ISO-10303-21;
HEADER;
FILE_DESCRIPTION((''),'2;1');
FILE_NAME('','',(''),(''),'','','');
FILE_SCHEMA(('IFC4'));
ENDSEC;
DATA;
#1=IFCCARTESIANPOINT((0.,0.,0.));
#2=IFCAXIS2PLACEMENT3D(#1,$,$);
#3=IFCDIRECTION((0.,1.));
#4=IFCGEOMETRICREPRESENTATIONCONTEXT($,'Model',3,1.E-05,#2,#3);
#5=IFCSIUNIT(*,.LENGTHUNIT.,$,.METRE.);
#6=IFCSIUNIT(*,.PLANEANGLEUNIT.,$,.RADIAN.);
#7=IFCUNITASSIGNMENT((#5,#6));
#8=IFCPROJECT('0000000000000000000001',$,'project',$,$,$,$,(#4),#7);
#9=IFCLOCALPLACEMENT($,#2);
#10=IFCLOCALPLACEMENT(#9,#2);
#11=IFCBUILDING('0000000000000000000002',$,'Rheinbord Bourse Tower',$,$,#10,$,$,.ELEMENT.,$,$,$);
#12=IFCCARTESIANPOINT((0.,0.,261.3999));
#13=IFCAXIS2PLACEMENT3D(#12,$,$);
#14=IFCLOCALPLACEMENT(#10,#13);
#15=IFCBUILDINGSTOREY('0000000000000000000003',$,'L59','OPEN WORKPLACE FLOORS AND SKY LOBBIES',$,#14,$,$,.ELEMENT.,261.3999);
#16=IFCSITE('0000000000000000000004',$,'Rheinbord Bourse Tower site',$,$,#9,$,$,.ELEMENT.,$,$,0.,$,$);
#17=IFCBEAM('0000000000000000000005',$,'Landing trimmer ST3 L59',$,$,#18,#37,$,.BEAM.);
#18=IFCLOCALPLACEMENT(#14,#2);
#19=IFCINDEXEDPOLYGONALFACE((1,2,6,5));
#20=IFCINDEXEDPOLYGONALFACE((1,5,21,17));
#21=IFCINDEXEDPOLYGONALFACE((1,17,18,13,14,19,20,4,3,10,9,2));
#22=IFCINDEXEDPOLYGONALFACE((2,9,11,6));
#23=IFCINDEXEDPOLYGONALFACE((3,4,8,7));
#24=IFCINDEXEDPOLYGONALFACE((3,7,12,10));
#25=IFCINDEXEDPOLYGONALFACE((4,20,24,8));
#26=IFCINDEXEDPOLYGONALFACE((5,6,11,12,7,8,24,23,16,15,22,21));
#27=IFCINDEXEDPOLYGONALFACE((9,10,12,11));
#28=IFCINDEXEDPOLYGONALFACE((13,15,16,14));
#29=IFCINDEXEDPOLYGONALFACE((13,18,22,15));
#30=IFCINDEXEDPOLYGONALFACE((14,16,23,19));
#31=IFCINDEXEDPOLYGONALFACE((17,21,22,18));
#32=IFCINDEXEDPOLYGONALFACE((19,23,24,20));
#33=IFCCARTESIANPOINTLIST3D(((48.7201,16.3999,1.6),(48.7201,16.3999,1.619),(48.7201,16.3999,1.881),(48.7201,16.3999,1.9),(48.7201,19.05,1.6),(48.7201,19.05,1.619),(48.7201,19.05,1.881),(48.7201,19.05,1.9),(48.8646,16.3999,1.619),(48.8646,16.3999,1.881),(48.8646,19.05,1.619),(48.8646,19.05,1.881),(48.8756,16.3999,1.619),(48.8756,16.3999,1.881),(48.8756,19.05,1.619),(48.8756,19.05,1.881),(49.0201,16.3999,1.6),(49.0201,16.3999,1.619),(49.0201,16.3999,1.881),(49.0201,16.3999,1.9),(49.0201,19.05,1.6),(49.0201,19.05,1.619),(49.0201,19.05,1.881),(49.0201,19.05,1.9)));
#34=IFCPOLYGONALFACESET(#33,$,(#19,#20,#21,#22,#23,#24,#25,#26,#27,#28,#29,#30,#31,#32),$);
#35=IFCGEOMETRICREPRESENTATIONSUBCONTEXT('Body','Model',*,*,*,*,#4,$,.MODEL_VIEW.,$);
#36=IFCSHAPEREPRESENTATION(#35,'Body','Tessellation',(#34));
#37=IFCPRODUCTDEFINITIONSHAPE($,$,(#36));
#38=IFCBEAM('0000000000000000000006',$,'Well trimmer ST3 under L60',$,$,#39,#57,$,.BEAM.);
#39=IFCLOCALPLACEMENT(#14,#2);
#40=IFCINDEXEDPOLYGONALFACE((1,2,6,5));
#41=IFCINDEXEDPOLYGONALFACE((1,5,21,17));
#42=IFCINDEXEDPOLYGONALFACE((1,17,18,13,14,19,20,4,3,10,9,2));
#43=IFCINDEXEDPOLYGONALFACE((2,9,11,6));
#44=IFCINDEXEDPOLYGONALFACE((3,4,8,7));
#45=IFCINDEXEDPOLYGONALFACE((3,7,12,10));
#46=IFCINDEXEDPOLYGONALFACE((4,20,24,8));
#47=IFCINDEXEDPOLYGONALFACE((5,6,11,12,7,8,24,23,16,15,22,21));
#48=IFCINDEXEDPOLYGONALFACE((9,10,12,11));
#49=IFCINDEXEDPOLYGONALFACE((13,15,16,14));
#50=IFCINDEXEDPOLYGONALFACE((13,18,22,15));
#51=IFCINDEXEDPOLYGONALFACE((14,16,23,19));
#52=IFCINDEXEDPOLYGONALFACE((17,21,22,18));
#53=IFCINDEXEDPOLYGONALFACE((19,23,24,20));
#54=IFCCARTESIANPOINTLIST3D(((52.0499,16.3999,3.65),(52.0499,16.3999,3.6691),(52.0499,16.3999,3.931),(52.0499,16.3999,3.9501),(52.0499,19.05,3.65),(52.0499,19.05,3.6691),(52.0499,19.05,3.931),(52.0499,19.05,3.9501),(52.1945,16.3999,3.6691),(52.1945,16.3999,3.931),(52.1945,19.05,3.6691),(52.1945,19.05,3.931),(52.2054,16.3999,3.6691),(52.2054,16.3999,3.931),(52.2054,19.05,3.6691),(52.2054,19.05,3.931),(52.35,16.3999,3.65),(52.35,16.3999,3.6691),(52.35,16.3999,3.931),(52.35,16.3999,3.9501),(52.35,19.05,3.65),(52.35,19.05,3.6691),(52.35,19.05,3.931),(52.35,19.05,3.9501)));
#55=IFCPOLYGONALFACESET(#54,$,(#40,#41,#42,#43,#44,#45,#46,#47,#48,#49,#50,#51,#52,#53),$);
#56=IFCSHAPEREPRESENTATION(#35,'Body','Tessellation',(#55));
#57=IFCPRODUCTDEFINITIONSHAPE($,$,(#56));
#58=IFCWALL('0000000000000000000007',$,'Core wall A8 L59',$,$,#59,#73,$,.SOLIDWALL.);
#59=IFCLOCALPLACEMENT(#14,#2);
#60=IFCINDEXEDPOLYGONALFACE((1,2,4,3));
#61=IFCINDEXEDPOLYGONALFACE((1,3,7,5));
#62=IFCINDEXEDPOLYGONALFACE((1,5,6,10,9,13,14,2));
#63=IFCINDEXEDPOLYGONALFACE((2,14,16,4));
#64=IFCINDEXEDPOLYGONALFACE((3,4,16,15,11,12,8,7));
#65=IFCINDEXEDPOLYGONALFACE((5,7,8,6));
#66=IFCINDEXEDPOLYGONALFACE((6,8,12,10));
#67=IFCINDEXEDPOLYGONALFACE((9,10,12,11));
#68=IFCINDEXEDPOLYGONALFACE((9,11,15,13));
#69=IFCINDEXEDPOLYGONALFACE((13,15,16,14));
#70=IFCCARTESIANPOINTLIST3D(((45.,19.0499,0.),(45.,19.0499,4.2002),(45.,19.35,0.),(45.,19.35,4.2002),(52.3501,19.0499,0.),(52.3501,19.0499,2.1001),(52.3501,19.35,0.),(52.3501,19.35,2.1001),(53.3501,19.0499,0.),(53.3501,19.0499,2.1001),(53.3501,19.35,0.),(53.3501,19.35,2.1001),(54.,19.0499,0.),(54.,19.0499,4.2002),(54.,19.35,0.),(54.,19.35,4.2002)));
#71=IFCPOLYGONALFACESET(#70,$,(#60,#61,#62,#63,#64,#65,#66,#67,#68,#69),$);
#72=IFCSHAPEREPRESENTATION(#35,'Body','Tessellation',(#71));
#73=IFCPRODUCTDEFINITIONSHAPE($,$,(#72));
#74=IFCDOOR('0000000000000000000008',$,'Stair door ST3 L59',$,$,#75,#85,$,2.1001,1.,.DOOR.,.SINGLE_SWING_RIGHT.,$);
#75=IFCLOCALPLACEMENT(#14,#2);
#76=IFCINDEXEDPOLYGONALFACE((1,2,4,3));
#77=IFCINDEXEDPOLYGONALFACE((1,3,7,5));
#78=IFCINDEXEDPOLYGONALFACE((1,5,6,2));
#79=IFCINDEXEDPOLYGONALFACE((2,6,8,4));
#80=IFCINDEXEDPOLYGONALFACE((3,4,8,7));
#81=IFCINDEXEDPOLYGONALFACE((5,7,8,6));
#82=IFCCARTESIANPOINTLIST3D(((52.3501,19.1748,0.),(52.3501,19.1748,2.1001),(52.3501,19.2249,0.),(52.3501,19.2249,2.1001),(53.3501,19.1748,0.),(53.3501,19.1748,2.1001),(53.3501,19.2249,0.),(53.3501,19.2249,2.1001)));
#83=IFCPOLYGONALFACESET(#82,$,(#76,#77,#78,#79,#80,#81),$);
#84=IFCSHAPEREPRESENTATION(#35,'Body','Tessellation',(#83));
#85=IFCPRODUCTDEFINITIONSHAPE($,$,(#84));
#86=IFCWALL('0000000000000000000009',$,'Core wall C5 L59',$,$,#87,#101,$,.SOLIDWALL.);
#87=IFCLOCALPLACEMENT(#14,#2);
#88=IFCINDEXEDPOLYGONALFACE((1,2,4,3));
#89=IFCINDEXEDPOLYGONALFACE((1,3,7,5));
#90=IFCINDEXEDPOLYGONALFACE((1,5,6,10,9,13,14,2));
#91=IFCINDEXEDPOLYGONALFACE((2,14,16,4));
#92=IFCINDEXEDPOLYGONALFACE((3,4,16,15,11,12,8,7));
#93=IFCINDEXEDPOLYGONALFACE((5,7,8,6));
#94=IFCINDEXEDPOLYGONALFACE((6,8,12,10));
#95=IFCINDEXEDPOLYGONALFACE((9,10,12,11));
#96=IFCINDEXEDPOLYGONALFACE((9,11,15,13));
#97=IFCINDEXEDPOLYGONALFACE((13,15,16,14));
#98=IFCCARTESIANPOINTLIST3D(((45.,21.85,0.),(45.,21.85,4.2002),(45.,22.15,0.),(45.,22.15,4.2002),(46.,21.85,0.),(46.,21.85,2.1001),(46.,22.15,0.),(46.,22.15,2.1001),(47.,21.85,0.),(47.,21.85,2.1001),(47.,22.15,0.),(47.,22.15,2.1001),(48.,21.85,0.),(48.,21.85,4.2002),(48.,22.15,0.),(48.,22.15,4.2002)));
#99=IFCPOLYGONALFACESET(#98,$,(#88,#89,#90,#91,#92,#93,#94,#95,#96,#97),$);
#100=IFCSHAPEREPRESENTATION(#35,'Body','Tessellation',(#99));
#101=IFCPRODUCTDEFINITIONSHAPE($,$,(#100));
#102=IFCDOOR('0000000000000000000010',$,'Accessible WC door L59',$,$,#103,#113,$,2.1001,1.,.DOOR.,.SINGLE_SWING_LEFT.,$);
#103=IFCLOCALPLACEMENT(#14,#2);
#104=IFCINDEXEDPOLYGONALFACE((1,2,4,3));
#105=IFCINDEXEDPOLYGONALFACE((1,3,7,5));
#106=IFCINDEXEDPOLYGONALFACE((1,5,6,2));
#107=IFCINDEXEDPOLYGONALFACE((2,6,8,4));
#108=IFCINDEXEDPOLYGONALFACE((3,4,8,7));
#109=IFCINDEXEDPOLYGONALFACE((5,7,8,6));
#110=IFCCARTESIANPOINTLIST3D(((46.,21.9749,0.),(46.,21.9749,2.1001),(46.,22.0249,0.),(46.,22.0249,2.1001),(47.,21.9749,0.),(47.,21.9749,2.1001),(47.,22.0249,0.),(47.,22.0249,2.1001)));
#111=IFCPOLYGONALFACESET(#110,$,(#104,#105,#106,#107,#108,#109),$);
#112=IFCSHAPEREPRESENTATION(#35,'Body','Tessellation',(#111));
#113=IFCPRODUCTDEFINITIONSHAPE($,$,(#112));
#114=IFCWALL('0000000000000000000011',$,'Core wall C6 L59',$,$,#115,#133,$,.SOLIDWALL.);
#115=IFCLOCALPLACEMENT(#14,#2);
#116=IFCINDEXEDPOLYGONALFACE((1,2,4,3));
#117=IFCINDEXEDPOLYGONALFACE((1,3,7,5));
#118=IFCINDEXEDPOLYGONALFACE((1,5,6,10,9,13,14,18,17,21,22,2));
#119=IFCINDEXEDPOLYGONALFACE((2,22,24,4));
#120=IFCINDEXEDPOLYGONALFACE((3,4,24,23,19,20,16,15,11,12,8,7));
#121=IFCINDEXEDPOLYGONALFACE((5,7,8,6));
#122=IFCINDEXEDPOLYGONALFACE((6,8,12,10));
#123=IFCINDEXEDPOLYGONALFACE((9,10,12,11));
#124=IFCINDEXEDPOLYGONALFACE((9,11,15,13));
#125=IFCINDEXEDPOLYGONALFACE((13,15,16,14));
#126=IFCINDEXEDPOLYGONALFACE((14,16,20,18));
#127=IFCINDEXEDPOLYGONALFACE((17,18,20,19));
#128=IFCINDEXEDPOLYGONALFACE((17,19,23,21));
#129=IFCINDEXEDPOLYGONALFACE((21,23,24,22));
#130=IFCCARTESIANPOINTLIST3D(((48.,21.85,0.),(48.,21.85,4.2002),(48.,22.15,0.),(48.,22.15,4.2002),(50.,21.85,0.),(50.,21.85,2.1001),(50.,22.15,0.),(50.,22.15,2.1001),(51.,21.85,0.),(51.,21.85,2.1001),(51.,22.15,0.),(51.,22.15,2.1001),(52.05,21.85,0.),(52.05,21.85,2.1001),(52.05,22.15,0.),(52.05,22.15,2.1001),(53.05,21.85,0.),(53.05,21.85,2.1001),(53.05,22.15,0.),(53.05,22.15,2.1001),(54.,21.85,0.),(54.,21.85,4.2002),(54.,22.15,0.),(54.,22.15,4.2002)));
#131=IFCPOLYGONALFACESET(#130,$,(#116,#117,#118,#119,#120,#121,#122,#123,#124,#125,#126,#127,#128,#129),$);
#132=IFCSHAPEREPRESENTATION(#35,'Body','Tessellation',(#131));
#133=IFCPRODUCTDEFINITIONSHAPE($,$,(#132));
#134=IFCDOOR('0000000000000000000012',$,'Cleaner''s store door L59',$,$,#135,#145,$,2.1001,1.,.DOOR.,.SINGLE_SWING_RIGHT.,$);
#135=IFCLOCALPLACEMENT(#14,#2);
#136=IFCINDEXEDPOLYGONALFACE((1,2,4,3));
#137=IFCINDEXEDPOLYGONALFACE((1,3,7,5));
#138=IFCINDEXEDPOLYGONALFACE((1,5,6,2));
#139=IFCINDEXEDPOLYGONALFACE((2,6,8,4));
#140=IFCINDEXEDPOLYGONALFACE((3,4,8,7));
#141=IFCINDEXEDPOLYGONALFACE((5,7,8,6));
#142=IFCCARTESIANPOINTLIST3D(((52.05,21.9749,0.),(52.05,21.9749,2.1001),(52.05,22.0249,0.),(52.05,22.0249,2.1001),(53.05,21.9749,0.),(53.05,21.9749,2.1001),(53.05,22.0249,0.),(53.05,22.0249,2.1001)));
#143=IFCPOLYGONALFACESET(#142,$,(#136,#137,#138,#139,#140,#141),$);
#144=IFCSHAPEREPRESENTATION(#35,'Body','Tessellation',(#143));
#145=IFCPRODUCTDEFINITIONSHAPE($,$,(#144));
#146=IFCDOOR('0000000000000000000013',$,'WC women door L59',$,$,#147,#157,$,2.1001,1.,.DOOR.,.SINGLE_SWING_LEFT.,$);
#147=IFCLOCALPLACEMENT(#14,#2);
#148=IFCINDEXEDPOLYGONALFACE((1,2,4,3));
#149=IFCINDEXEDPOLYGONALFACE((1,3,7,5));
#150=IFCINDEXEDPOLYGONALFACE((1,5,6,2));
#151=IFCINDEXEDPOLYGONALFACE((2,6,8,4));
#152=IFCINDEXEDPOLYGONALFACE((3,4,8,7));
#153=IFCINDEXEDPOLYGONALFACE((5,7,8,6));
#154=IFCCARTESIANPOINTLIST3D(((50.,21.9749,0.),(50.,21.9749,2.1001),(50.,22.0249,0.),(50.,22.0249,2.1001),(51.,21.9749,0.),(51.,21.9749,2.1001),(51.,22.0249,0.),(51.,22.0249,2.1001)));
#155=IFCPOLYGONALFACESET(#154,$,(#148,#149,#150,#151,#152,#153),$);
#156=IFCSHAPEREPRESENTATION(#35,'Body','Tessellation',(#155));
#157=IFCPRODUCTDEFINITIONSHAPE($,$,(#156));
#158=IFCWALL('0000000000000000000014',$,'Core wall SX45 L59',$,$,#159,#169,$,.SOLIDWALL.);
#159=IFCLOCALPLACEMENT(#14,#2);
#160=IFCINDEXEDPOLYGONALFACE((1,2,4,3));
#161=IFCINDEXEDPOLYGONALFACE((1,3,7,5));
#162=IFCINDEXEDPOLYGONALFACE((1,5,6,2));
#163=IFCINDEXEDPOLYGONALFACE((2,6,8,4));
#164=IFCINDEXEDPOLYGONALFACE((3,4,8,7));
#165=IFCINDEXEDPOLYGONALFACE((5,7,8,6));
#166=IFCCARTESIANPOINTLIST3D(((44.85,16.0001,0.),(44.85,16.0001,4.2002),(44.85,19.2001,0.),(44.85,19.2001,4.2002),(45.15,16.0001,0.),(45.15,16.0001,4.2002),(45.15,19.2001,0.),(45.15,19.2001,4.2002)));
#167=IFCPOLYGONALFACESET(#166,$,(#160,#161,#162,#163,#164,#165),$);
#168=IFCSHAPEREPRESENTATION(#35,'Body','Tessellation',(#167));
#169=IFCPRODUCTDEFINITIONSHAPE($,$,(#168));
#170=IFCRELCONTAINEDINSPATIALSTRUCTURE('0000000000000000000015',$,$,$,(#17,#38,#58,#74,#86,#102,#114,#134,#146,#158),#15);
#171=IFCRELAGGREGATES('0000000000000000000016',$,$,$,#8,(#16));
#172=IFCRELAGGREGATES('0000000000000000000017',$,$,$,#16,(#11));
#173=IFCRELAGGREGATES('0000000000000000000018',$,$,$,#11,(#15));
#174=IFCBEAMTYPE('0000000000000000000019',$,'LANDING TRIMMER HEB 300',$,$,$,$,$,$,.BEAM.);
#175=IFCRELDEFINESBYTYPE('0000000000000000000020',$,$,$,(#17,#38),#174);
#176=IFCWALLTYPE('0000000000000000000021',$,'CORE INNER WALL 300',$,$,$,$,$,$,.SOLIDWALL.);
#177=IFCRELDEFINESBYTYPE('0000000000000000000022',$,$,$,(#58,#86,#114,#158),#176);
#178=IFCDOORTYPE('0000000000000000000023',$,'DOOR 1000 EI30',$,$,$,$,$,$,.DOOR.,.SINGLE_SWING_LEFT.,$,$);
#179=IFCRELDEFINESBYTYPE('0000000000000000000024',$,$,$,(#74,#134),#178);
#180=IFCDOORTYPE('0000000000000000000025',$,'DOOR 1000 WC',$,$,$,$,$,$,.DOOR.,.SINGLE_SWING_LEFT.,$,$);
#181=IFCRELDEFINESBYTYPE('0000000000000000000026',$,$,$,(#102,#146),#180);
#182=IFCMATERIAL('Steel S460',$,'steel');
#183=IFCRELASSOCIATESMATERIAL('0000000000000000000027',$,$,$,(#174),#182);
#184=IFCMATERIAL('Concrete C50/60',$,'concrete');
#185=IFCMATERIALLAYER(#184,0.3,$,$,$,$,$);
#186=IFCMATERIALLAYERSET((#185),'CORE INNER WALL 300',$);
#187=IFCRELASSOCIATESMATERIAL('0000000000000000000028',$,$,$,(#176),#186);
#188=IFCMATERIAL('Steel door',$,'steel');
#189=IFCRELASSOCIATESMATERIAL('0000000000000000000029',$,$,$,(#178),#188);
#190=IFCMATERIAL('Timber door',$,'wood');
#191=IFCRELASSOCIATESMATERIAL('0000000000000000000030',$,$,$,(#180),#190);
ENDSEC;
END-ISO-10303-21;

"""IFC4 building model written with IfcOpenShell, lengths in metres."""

from ifc_helpers import new_model, si_unit, direction, frame, frame_2d, origin, origin_2d, place, context, subcontext, project, spatial, rectangle, i_section, extrude, material, layer, layer_set, material_profile, profile_set, type_object, element, fill, save


model = new_model("IFC4")

# Units and contexts
model_context = context("Model", 3, precision=1e-05, world=origin(), true_north=direction((0.0, 1.0)))
body_context = subcontext(model_context, "Body", "Model", "MODEL_VIEW")
ifc_project = project(units=[si_unit("LENGTHUNIT", "METRE"), si_unit("PLANEANGLEUNIT", "RADIAN")], contexts=[model_context])

# Site, building, storey
site_placement = place(None, origin())
site = spatial("IfcSite", under=ifc_project, at=site_placement, Name="Rheinbord Bourse Tower site", CompositionType="ELEMENT", RefElevation=0.0)
building_placement = place(site_placement, origin())
building = spatial("IfcBuilding", under=site, at=building_placement, Name="Rheinbord Bourse Tower", CompositionType="ELEMENT")
storey_placement = place(building_placement, frame((0.0, 0.0, 261.3999)))
storey = spatial("IfcBuildingStorey", under=building, at=storey_placement, Name="L59", Description="OPEN WORKPLACE FLOORS AND SKY LOBBIES", CompositionType="ELEMENT", Elevation=261.3999)

# Beams
ifc_material_1 = material(Name="Steel S460", Category="steel")
ifc_material_profile = material_profile(ifc_material_1, i_section(OverallWidth=0.3, OverallDepth=0.3, WebThickness=0.011, FlangeThickness=0.019, at=origin_2d()), Name="HEB 300")
ifc_profile_set = profile_set([ifc_material_profile], Name="Steel S460")
beam_type = type_object("IfcBeamType", Name="LANDING TRIMMER HEB 300", PredefinedType="BEAM", material=ifc_profile_set)
for number, where, z_axis, x_axis, name in (
    (1, (48.8701, 16.3999, 1.75), (0.0, 1.0, 0.0), (-1.0, 0.0, 0.0), "Landing trimmer ST3 L59"),
    (2, (52.2, 16.3999, 3.8), (0.0, 1.0, 0.0), (-1.0, 0.0, 0.0), "Well trimmer ST3 under L60"),
):
    element("IfcBeam", number, at=place(storey_placement, frame(where, z_axis=z_axis, x_axis=x_axis)), inside=storey, type_object=beam_type, Name=name, PredefinedType="BEAM", context=body_context, shape_type="SweptSolid", body=[
        extrude(i_section(OverallWidth=0.3, OverallDepth=0.3, WebThickness=0.011, FlangeThickness=0.019, at=origin_2d()), origin(), (0.0, 0.0, 1.0), 2.6501),
    ])

# Walls, openings, doors
ifc_material_2 = material(Name="Concrete C50/60", Category="concrete")
ifc_layer_1 = layer(ifc_material_2, 0.3)
ifc_layer_set_1 = layer_set([ifc_layer_1], Name="CORE INNER WALL 300")
wall_type_1 = type_object("IfcWallType", Name="CORE INNER WALL 300", PredefinedType="SOLIDWALL", material=ifc_layer_set_1)
wall_1_placement = place(storey_placement, frame((45.0, 19.2, 0.0), z_axis=(0.0, 0.0, 1.0), x_axis=(1.0, 0.0, 0.0)))
wall_1 = element("IfcWall", 3, at=wall_1_placement, inside=storey, type_object=wall_type_1, Name="Core wall A8 L59", PredefinedType="SOLIDWALL", context=body_context, shape_type="SweptSolid", body=[
    extrude(rectangle(XDim=9.0, YDim=0.3, at=frame_2d((4.5, 0.0))), origin(), (0.0, 0.0, 1.0), 4.2002),
])
opening_1_placement = place(wall_1_placement, frame((7.3501, 0.0, 0.0)))
opening_1 = element("IfcOpeningElement", 4, at=opening_1_placement, cuts=wall_1, PredefinedType="OPENING", context=body_context, shape_type="SweptSolid", body=[
    extrude(rectangle(XDim=1.0, YDim=2.1001, at=frame_2d((0.5, 1.05))), frame((0.0, 0.1599, 0.0), z_axis=(0.0, -1.0, 0.0), x_axis=(1.0, 0.0, 0.0)), (0.0, 0.0, 1.0), 0.3201),
])
ifc_material_3 = material(Name="Steel door", Category="steel")
door_type_1 = type_object("IfcDoorType", Name="DOOR 1000 EI30", OperationType="SINGLE_SWING_LEFT", PredefinedType="DOOR", material=ifc_material_3)
door_1_placement = place(opening_1_placement, origin())
door_1 = element("IfcDoor", 5, at=door_1_placement, inside=storey, type_object=door_type_1, Name="Stair door ST3 L59", OperationType="SINGLE_SWING_RIGHT", OverallHeight=2.1001, OverallWidth=1.0, PredefinedType="DOOR", context=body_context, shape_type="SweptSolid", body=[
    extrude(rectangle(XDim=1.0, YDim=2.1001, at=frame_2d((0.5, 1.05))), frame((0.0, 0.0249, 0.0), z_axis=(0.0, -1.0, 0.0), x_axis=(1.0, 0.0, 0.0)), (0.0, 0.0, 1.0), 0.05),
])
fill(opening_1, door_1)
wall_2_placement = place(storey_placement, frame((45.0, 22.0, 0.0), z_axis=(0.0, 0.0, 1.0), x_axis=(1.0, 0.0, 0.0)))
wall_2 = element("IfcWall", 6, at=wall_2_placement, inside=storey, type_object=wall_type_1, Name="Core wall C5 L59", PredefinedType="SOLIDWALL", context=body_context, shape_type="SweptSolid", body=[
    extrude(rectangle(XDim=3.0, YDim=0.3, at=frame_2d((1.5, 0.0))), origin(), (0.0, 0.0, 1.0), 4.2002),
])
opening_2_placement = place(wall_2_placement, frame((1.0, 0.0, 0.0)))
opening_2 = element("IfcOpeningElement", 7, at=opening_2_placement, cuts=wall_2, PredefinedType="OPENING", context=body_context, shape_type="SweptSolid", body=[
    extrude(rectangle(XDim=1.0, YDim=2.1001, at=frame_2d((0.5, 1.05))), frame((0.0, 0.1599, 0.0), z_axis=(0.0, -1.0, 0.0), x_axis=(1.0, 0.0, 0.0)), (0.0, 0.0, 1.0), 0.3201),
])
ifc_material_4 = material(Name="Timber door", Category="wood")
door_type_2 = type_object("IfcDoorType", Name="DOOR 1000 WC", OperationType="SINGLE_SWING_LEFT", PredefinedType="DOOR", material=ifc_material_4)
door_2_placement = place(opening_2_placement, origin())
door_2 = element("IfcDoor", 8, at=door_2_placement, inside=storey, type_object=door_type_2, Name="Accessible WC door L59", OperationType="SINGLE_SWING_LEFT", OverallHeight=2.1001, OverallWidth=1.0, PredefinedType="DOOR", context=body_context, shape_type="SweptSolid", body=[
    extrude(rectangle(XDim=1.0, YDim=2.1001, at=frame_2d((0.5, 1.05))), frame((0.0, 0.0249, 0.0), z_axis=(0.0, -1.0, 0.0), x_axis=(1.0, 0.0, 0.0)), (0.0, 0.0, 1.0), 0.05),
])
fill(opening_2, door_2)

# Wall, openings, doors
wall_3_placement = place(storey_placement, frame((48.0, 22.0, 0.0), z_axis=(0.0, 0.0, 1.0), x_axis=(1.0, 0.0, 0.0)))
wall_3 = element("IfcWall", 9, at=wall_3_placement, inside=storey, type_object=wall_type_1, Name="Core wall C6 L59", PredefinedType="SOLIDWALL", context=body_context, shape_type="SweptSolid", body=[
    extrude(rectangle(XDim=6.0, YDim=0.3, at=frame_2d((3.0, 0.0))), origin(), (0.0, 0.0, 1.0), 4.2002),
])
opening_3_placement = place(wall_3_placement, frame((2.0, 0.0, 0.0)))
opening_3 = element("IfcOpeningElement", 10, at=opening_3_placement, cuts=wall_3, PredefinedType="OPENING", context=body_context, shape_type="SweptSolid", body=[
    extrude(rectangle(XDim=1.0, YDim=2.1001, at=frame_2d((0.5, 1.05))), frame((0.0, 0.1599, 0.0), z_axis=(0.0, -1.0, 0.0), x_axis=(1.0, 0.0, 0.0)), (0.0, 0.0, 1.0), 0.3201),
])
opening_4_placement = place(wall_3_placement, frame((4.05, 0.0, 0.0)))
opening_4 = element("IfcOpeningElement", 11, at=opening_4_placement, cuts=wall_3, PredefinedType="OPENING", context=body_context, shape_type="SweptSolid", body=[
    extrude(rectangle(XDim=1.0, YDim=2.1001, at=frame_2d((0.5, 1.05))), frame((0.0, 0.1599, 0.0), z_axis=(0.0, -1.0, 0.0), x_axis=(1.0, 0.0, 0.0)), (0.0, 0.0, 1.0), 0.3201),
])
door_3_placement = place(opening_4_placement, origin())
door_3 = element("IfcDoor", 12, at=door_3_placement, inside=storey, type_object=door_type_1, Name="Cleaner's store door L59", OperationType="SINGLE_SWING_RIGHT", OverallHeight=2.1001, OverallWidth=1.0, PredefinedType="DOOR", context=body_context, shape_type="SweptSolid", body=[
    extrude(rectangle(XDim=1.0, YDim=2.1001, at=frame_2d((0.5, 1.05))), frame((0.0, 0.0249, 0.0), z_axis=(0.0, -1.0, 0.0), x_axis=(1.0, 0.0, 0.0)), (0.0, 0.0, 1.0), 0.05),
])
fill(opening_4, door_3)
door_4_placement = place(opening_3_placement, origin())
door_4 = element("IfcDoor", 13, at=door_4_placement, inside=storey, type_object=door_type_2, Name="WC women door L59", OperationType="SINGLE_SWING_LEFT", OverallHeight=2.1001, OverallWidth=1.0, PredefinedType="DOOR", context=body_context, shape_type="SweptSolid", body=[
    extrude(rectangle(XDim=1.0, YDim=2.1001, at=frame_2d((0.5, 1.05))), frame((0.0, 0.0249, 0.0), z_axis=(0.0, -1.0, 0.0), x_axis=(1.0, 0.0, 0.0)), (0.0, 0.0, 1.0), 0.05),
])
fill(opening_3, door_4)

# Wall
wall_4_placement = place(storey_placement, frame((45.0, 16.0, 0.0), z_axis=(0.0, 0.0, 1.0), x_axis=(0.0, 1.0, 0.0)))
element("IfcWall", 14, at=wall_4_placement, inside=storey, type_object=wall_type_1, Name="Core wall SX45 L59", PredefinedType="SOLIDWALL", context=body_context, shape_type="SweptSolid", body=[
    extrude(rectangle(XDim=3.2, YDim=0.3, at=frame_2d((1.6001, 0.0))), origin(), (0.0, 0.0, 1.0), 4.2002),
])

save(model, "model.ifc")
